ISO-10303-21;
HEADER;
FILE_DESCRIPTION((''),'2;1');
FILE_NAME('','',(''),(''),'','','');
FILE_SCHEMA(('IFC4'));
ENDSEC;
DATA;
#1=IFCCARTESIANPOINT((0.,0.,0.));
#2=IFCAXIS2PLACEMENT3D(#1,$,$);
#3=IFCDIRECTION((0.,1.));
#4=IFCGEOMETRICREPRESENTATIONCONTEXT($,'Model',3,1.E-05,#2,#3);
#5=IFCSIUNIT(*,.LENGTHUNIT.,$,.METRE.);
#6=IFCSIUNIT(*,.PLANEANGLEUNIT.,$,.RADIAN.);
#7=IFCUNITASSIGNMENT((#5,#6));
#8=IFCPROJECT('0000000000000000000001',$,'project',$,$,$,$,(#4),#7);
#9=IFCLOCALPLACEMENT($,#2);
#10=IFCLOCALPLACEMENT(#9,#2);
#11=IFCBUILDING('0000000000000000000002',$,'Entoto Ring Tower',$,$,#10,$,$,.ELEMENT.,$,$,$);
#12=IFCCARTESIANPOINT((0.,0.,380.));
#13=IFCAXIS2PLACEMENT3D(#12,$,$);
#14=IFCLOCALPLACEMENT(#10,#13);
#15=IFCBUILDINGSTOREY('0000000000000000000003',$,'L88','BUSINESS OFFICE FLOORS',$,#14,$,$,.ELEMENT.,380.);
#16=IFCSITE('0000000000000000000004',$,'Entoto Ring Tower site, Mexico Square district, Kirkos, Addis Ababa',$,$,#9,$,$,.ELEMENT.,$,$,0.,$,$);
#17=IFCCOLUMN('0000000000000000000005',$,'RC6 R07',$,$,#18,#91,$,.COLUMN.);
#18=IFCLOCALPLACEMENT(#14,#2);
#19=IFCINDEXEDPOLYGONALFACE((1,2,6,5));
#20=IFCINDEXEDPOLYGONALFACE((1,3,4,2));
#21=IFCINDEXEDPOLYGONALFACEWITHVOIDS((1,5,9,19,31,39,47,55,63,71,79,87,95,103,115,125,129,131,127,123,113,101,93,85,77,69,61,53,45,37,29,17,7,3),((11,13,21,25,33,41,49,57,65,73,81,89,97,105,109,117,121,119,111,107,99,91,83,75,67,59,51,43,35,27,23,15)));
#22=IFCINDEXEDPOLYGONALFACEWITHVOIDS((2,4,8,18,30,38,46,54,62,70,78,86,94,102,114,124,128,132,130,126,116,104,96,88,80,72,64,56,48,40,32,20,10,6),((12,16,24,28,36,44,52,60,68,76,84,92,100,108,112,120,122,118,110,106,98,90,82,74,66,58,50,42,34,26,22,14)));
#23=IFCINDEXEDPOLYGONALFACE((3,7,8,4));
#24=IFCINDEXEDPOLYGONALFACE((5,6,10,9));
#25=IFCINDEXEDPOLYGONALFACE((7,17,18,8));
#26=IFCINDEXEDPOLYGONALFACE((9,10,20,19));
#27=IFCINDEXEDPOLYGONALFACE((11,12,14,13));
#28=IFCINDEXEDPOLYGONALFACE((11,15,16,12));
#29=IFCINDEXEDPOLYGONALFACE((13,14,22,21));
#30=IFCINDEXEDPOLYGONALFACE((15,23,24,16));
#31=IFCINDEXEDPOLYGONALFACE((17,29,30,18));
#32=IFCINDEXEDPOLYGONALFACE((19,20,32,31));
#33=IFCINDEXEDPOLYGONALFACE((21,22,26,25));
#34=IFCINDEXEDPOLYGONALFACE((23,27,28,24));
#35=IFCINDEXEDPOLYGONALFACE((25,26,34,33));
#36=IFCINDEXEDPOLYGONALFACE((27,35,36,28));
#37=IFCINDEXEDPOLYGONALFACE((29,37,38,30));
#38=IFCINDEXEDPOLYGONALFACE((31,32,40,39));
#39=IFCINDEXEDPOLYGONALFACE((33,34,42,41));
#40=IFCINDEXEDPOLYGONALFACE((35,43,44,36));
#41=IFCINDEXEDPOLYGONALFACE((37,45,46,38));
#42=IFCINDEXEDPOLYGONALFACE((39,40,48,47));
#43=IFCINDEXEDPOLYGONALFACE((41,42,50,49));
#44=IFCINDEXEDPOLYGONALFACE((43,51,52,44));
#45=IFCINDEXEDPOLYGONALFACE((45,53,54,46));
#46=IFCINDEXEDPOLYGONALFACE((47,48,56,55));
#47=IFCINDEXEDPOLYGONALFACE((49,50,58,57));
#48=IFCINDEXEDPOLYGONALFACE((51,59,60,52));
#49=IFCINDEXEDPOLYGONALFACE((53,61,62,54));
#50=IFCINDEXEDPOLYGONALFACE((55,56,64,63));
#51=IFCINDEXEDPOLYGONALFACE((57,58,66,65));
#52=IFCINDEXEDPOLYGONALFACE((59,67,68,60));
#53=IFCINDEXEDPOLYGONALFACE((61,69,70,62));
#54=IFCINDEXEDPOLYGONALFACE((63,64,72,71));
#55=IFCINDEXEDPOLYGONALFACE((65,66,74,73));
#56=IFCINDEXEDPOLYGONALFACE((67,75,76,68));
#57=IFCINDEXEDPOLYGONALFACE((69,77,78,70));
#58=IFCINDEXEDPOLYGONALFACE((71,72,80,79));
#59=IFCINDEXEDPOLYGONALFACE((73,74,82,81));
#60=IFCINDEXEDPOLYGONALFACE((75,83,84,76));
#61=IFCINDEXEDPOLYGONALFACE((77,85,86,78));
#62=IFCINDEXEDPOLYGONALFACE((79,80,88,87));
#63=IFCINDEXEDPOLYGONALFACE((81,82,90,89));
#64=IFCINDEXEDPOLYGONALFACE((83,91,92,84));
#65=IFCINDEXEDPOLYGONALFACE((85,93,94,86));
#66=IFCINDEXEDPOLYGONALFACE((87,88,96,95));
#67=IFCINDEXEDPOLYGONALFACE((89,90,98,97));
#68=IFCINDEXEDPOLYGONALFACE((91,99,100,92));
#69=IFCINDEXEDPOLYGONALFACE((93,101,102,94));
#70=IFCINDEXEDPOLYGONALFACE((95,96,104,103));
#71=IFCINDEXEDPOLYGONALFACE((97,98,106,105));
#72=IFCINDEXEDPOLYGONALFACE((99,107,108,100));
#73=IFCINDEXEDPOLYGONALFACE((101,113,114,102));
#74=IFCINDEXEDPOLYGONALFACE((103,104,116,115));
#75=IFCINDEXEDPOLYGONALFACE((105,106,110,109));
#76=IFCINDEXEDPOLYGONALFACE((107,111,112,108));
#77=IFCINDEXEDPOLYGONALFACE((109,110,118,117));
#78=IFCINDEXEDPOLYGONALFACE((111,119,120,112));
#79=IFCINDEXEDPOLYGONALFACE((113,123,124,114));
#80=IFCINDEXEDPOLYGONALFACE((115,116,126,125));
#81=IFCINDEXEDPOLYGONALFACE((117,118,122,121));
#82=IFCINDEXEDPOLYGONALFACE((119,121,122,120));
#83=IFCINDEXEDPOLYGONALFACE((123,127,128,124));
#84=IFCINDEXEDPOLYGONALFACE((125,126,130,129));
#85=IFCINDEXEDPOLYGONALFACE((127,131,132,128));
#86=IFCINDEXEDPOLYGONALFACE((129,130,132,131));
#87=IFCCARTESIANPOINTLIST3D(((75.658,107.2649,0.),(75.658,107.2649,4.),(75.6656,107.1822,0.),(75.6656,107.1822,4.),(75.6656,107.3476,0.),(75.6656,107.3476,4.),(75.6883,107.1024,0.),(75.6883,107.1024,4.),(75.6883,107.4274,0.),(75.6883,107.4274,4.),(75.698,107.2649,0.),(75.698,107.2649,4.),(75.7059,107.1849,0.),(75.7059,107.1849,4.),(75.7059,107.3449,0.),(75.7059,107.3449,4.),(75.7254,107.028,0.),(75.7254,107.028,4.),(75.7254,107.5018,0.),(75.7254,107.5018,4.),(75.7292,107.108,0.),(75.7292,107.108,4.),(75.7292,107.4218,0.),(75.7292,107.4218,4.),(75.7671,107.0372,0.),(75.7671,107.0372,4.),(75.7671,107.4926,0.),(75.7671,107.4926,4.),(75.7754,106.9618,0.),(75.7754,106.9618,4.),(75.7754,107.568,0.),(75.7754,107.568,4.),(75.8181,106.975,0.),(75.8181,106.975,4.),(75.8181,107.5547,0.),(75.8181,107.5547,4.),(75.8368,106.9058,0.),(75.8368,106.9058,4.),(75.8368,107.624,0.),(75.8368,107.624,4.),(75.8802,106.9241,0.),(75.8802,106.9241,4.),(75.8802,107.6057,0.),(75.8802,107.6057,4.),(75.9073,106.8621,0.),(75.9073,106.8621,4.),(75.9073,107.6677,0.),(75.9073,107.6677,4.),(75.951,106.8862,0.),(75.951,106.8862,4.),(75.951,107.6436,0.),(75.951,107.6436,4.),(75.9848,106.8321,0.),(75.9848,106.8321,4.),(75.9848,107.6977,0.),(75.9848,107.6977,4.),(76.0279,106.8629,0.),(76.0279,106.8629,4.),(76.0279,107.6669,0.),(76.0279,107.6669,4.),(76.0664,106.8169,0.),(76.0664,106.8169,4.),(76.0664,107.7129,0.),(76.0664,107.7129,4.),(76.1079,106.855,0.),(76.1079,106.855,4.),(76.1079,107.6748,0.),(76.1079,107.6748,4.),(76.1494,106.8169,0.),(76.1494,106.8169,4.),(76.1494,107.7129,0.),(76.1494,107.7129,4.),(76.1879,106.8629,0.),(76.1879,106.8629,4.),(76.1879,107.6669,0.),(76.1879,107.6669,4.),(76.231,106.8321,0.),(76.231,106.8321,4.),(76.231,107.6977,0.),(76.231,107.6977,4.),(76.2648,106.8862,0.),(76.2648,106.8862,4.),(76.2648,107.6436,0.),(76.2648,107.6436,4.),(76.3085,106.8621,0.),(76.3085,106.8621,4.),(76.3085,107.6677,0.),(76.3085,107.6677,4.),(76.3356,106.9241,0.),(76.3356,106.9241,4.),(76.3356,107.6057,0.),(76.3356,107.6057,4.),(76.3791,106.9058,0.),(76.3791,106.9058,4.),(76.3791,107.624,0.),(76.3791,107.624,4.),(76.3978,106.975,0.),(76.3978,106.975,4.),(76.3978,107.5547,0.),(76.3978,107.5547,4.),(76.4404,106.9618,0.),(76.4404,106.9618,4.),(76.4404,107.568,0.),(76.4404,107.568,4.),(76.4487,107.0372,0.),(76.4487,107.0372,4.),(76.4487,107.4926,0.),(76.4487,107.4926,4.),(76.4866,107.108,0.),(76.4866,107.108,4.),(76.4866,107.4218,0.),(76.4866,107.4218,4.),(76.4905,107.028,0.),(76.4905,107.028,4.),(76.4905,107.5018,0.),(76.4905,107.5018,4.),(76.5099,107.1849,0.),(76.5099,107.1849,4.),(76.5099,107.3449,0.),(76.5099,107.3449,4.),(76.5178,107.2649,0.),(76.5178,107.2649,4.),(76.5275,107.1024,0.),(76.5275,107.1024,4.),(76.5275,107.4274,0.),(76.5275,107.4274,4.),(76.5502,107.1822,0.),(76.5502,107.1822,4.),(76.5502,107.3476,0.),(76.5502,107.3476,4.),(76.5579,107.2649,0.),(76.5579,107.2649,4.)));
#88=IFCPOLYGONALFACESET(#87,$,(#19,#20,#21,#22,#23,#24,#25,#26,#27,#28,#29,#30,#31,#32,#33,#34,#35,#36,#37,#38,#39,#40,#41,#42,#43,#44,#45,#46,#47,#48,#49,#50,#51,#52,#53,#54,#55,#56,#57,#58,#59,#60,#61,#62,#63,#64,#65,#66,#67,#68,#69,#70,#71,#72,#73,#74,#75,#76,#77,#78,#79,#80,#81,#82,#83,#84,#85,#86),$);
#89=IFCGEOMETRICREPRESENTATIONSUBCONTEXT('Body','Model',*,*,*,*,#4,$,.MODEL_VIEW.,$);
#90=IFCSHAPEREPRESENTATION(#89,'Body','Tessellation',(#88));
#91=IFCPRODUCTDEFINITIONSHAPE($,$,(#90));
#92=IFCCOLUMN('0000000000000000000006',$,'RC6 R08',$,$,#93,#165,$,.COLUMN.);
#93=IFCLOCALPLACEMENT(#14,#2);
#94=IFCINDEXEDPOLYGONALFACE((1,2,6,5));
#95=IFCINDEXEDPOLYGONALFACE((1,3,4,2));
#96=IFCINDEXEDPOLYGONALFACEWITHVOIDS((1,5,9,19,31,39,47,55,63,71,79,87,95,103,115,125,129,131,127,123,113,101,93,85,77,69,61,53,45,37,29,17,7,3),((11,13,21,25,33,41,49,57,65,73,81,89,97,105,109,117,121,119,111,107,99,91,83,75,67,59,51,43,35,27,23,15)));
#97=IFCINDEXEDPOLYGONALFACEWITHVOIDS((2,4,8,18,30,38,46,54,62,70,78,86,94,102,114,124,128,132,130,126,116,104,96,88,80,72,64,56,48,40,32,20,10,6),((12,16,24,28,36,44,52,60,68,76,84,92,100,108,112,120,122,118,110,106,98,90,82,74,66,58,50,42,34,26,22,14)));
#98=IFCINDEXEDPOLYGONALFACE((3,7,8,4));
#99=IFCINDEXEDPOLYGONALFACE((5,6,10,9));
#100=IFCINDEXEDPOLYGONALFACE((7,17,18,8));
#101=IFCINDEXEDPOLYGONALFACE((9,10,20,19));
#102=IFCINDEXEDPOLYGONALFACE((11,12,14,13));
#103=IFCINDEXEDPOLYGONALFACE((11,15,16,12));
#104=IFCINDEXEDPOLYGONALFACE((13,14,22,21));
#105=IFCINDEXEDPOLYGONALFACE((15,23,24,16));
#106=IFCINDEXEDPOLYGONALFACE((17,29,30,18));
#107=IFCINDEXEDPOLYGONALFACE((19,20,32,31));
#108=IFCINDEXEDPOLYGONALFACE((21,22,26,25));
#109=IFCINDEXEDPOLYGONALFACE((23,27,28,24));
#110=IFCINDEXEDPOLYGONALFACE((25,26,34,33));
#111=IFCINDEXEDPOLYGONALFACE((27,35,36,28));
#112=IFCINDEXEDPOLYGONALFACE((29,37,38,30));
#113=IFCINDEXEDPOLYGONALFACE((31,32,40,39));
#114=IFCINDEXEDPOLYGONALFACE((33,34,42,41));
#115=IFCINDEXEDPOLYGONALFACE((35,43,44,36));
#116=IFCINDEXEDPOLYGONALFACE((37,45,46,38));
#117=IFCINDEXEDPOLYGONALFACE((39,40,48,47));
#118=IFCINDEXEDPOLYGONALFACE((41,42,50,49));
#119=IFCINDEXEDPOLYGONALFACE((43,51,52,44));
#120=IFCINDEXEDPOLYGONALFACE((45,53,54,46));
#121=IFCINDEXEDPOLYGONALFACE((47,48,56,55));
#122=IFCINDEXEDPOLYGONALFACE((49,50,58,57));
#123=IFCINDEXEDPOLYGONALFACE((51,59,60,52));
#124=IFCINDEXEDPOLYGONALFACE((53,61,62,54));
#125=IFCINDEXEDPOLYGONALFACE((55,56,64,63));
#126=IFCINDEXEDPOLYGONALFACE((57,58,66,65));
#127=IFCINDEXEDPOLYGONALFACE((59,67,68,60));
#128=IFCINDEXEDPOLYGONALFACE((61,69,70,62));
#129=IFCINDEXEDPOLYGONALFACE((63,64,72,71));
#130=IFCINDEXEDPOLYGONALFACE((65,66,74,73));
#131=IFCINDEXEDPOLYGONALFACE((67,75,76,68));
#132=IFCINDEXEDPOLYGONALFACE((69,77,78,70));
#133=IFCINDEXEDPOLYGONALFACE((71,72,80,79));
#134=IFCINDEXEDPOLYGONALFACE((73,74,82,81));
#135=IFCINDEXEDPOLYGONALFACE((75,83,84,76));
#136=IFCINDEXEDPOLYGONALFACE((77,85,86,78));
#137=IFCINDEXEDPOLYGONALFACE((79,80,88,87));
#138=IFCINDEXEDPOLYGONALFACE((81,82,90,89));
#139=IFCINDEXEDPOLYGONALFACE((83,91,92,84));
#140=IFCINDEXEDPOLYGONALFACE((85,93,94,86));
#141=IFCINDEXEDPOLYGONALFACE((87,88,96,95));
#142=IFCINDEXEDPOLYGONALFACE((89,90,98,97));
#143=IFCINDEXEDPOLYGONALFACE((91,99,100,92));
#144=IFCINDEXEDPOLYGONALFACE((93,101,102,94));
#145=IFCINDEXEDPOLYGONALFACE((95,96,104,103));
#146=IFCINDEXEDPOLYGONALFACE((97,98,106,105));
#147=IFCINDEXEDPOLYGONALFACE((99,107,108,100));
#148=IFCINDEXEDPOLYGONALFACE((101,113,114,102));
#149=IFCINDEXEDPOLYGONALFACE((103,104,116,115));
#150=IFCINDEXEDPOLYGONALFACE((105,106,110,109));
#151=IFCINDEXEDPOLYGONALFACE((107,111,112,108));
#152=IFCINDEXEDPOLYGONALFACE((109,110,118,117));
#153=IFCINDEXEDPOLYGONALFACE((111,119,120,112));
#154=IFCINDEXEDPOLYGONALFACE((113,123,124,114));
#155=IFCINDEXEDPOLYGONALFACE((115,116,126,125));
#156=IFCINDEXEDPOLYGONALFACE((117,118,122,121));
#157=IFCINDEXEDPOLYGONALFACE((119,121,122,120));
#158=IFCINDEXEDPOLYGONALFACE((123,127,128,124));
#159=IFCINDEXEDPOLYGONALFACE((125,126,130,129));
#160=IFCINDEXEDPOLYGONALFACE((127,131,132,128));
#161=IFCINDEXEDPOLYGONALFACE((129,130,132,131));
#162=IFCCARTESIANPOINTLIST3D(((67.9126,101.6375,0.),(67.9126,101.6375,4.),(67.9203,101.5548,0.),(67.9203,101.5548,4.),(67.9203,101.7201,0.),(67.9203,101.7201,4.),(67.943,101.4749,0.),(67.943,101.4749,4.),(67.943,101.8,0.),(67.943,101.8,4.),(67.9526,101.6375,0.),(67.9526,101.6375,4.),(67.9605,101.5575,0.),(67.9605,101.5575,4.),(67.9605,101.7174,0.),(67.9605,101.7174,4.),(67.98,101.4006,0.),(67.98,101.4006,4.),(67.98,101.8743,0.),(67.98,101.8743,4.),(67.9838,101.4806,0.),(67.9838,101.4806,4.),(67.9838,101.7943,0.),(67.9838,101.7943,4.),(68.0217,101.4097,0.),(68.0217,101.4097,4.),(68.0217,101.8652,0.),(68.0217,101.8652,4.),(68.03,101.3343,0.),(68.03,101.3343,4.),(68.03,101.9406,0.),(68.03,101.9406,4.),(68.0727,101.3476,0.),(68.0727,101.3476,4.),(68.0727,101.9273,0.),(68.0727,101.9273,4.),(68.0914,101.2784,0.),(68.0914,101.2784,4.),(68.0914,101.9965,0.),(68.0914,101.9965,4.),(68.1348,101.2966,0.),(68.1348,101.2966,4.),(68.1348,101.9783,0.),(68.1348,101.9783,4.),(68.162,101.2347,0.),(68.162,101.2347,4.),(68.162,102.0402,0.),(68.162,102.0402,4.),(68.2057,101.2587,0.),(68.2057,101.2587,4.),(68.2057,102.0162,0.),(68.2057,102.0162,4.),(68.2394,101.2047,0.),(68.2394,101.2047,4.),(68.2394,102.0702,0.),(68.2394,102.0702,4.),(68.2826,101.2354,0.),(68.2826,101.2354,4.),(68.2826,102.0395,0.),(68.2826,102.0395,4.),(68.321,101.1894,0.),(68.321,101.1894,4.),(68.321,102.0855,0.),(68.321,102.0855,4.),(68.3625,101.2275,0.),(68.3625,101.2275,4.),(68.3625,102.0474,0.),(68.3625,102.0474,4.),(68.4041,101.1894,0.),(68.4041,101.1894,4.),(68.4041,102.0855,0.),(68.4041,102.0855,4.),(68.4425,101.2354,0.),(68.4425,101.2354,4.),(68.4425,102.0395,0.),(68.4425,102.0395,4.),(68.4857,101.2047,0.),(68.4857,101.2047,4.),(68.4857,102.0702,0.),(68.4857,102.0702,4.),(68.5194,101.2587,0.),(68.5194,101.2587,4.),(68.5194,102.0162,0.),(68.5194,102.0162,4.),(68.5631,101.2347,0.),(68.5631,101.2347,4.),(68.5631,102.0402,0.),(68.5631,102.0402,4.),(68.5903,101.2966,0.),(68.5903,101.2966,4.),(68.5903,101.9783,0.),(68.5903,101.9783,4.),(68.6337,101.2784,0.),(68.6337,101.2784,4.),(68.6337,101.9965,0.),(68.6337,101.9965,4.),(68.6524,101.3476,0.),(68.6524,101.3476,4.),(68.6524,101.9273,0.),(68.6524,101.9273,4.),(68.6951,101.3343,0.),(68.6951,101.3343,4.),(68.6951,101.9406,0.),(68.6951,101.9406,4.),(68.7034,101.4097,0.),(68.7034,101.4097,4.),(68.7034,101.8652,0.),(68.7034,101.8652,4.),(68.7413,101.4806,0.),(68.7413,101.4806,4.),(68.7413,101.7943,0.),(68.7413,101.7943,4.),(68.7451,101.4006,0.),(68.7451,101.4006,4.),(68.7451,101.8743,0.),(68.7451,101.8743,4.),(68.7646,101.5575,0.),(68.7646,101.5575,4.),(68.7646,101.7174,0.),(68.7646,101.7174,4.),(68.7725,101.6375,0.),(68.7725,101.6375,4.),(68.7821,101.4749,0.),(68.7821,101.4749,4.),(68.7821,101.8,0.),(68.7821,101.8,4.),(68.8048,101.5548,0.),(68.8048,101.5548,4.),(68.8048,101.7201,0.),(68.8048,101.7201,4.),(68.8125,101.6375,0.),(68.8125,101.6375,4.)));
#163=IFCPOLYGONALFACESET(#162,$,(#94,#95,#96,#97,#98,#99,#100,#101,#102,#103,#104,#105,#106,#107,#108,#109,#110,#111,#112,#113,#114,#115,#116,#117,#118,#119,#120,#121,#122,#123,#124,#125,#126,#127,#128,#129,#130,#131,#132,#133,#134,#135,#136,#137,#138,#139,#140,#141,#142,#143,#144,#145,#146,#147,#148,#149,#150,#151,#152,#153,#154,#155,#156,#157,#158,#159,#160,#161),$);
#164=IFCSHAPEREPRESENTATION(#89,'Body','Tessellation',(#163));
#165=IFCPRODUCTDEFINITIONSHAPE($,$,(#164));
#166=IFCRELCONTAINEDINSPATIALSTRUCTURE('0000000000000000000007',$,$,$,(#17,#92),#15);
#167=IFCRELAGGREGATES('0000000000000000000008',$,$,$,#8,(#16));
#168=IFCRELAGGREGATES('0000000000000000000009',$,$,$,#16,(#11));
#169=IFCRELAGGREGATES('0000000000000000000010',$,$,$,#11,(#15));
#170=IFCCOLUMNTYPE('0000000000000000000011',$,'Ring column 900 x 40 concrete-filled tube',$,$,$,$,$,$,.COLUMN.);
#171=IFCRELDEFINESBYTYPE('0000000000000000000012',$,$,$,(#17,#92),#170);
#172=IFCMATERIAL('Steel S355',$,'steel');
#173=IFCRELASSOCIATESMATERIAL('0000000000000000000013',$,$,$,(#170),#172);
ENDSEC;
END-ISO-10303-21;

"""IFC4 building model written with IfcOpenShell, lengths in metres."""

from ifc_helpers import new_model, si_unit, direction, frame, origin, origin_2d, place, context, subcontext, project, spatial, circle, hollow_circle, extrude, material, material_profile, profile_set, type_object, element, save


model = new_model("IFC4")

# Units and contexts
model_context = context("Model", 3, precision=1e-05, world=origin(), true_north=direction((0.0, 1.0)))
body_context = subcontext(model_context, "Body", "Model", "MODEL_VIEW")
ifc_project = project(units=[si_unit("LENGTHUNIT", "METRE"), si_unit("PLANEANGLEUNIT", "RADIAN")], contexts=[model_context])

# Site, building, storey
site_placement = place(None, origin())
site = spatial("IfcSite", under=ifc_project, at=site_placement, Name="Entoto Ring Tower site, Mexico Square district, Kirkos, Addis Ababa", CompositionType="ELEMENT", RefElevation=0.0)
building_placement = place(site_placement, origin())
building = spatial("IfcBuilding", under=site, at=building_placement, Name="Entoto Ring Tower", CompositionType="ELEMENT")
storey_placement = place(building_placement, frame((0.0, 0.0, 380.0)))
storey = spatial("IfcBuildingStorey", under=building, at=storey_placement, Name="L88", Description="BUSINESS OFFICE FLOORS", CompositionType="ELEMENT", Elevation=380.0)

# Columns
ifc_material_1 = material(Name="Steel S355", Category="steel")
ifc_material_profile_1 = material_profile(ifc_material_1, hollow_circle(Radius=0.45, WallThickness=0.04, at=origin_2d()), Name="CHS 900 x 40")
ifc_material_2 = material(Name="Concrete C60/75", Category="concrete")
ifc_material_profile_2 = material_profile(ifc_material_2, circle(Radius=0.4099, at=origin_2d()), Name="Concrete C60/75 infill")
ifc_profile_set_1 = profile_set([ifc_material_profile_1, ifc_material_profile_2], Name="Steel S355")
column_type = type_object("IfcColumnType", Name="Ring column 900 x 40 concrete-filled tube", PredefinedType="COLUMN", material=ifc_profile_set_1)
for number, where, z_axis, x_axis, name in (
    (1, (76.1079, 107.2649, 0.0), (0.0, 0.0, 1.0), (1.0, 0.0, 0.0), "RC6 R07"),
    (2, (68.3625, 101.6375, 0.0), (0.0, 0.0, 1.0), (1.0, 0.0, 0.0), "RC6 R08"),
):
    element("IfcColumn", number, at=place(storey_placement, frame(where, z_axis=z_axis, x_axis=x_axis)), inside=storey, type_object=column_type, Name=name, PredefinedType="COLUMN", context=body_context, shape_type="SweptSolid", body=[
        extrude(hollow_circle(Radius=0.45, WallThickness=0.04, at=origin_2d()), origin(), (0.0, 0.0, 1.0), 4.0),
    ])

save(model, "model.ifc")
